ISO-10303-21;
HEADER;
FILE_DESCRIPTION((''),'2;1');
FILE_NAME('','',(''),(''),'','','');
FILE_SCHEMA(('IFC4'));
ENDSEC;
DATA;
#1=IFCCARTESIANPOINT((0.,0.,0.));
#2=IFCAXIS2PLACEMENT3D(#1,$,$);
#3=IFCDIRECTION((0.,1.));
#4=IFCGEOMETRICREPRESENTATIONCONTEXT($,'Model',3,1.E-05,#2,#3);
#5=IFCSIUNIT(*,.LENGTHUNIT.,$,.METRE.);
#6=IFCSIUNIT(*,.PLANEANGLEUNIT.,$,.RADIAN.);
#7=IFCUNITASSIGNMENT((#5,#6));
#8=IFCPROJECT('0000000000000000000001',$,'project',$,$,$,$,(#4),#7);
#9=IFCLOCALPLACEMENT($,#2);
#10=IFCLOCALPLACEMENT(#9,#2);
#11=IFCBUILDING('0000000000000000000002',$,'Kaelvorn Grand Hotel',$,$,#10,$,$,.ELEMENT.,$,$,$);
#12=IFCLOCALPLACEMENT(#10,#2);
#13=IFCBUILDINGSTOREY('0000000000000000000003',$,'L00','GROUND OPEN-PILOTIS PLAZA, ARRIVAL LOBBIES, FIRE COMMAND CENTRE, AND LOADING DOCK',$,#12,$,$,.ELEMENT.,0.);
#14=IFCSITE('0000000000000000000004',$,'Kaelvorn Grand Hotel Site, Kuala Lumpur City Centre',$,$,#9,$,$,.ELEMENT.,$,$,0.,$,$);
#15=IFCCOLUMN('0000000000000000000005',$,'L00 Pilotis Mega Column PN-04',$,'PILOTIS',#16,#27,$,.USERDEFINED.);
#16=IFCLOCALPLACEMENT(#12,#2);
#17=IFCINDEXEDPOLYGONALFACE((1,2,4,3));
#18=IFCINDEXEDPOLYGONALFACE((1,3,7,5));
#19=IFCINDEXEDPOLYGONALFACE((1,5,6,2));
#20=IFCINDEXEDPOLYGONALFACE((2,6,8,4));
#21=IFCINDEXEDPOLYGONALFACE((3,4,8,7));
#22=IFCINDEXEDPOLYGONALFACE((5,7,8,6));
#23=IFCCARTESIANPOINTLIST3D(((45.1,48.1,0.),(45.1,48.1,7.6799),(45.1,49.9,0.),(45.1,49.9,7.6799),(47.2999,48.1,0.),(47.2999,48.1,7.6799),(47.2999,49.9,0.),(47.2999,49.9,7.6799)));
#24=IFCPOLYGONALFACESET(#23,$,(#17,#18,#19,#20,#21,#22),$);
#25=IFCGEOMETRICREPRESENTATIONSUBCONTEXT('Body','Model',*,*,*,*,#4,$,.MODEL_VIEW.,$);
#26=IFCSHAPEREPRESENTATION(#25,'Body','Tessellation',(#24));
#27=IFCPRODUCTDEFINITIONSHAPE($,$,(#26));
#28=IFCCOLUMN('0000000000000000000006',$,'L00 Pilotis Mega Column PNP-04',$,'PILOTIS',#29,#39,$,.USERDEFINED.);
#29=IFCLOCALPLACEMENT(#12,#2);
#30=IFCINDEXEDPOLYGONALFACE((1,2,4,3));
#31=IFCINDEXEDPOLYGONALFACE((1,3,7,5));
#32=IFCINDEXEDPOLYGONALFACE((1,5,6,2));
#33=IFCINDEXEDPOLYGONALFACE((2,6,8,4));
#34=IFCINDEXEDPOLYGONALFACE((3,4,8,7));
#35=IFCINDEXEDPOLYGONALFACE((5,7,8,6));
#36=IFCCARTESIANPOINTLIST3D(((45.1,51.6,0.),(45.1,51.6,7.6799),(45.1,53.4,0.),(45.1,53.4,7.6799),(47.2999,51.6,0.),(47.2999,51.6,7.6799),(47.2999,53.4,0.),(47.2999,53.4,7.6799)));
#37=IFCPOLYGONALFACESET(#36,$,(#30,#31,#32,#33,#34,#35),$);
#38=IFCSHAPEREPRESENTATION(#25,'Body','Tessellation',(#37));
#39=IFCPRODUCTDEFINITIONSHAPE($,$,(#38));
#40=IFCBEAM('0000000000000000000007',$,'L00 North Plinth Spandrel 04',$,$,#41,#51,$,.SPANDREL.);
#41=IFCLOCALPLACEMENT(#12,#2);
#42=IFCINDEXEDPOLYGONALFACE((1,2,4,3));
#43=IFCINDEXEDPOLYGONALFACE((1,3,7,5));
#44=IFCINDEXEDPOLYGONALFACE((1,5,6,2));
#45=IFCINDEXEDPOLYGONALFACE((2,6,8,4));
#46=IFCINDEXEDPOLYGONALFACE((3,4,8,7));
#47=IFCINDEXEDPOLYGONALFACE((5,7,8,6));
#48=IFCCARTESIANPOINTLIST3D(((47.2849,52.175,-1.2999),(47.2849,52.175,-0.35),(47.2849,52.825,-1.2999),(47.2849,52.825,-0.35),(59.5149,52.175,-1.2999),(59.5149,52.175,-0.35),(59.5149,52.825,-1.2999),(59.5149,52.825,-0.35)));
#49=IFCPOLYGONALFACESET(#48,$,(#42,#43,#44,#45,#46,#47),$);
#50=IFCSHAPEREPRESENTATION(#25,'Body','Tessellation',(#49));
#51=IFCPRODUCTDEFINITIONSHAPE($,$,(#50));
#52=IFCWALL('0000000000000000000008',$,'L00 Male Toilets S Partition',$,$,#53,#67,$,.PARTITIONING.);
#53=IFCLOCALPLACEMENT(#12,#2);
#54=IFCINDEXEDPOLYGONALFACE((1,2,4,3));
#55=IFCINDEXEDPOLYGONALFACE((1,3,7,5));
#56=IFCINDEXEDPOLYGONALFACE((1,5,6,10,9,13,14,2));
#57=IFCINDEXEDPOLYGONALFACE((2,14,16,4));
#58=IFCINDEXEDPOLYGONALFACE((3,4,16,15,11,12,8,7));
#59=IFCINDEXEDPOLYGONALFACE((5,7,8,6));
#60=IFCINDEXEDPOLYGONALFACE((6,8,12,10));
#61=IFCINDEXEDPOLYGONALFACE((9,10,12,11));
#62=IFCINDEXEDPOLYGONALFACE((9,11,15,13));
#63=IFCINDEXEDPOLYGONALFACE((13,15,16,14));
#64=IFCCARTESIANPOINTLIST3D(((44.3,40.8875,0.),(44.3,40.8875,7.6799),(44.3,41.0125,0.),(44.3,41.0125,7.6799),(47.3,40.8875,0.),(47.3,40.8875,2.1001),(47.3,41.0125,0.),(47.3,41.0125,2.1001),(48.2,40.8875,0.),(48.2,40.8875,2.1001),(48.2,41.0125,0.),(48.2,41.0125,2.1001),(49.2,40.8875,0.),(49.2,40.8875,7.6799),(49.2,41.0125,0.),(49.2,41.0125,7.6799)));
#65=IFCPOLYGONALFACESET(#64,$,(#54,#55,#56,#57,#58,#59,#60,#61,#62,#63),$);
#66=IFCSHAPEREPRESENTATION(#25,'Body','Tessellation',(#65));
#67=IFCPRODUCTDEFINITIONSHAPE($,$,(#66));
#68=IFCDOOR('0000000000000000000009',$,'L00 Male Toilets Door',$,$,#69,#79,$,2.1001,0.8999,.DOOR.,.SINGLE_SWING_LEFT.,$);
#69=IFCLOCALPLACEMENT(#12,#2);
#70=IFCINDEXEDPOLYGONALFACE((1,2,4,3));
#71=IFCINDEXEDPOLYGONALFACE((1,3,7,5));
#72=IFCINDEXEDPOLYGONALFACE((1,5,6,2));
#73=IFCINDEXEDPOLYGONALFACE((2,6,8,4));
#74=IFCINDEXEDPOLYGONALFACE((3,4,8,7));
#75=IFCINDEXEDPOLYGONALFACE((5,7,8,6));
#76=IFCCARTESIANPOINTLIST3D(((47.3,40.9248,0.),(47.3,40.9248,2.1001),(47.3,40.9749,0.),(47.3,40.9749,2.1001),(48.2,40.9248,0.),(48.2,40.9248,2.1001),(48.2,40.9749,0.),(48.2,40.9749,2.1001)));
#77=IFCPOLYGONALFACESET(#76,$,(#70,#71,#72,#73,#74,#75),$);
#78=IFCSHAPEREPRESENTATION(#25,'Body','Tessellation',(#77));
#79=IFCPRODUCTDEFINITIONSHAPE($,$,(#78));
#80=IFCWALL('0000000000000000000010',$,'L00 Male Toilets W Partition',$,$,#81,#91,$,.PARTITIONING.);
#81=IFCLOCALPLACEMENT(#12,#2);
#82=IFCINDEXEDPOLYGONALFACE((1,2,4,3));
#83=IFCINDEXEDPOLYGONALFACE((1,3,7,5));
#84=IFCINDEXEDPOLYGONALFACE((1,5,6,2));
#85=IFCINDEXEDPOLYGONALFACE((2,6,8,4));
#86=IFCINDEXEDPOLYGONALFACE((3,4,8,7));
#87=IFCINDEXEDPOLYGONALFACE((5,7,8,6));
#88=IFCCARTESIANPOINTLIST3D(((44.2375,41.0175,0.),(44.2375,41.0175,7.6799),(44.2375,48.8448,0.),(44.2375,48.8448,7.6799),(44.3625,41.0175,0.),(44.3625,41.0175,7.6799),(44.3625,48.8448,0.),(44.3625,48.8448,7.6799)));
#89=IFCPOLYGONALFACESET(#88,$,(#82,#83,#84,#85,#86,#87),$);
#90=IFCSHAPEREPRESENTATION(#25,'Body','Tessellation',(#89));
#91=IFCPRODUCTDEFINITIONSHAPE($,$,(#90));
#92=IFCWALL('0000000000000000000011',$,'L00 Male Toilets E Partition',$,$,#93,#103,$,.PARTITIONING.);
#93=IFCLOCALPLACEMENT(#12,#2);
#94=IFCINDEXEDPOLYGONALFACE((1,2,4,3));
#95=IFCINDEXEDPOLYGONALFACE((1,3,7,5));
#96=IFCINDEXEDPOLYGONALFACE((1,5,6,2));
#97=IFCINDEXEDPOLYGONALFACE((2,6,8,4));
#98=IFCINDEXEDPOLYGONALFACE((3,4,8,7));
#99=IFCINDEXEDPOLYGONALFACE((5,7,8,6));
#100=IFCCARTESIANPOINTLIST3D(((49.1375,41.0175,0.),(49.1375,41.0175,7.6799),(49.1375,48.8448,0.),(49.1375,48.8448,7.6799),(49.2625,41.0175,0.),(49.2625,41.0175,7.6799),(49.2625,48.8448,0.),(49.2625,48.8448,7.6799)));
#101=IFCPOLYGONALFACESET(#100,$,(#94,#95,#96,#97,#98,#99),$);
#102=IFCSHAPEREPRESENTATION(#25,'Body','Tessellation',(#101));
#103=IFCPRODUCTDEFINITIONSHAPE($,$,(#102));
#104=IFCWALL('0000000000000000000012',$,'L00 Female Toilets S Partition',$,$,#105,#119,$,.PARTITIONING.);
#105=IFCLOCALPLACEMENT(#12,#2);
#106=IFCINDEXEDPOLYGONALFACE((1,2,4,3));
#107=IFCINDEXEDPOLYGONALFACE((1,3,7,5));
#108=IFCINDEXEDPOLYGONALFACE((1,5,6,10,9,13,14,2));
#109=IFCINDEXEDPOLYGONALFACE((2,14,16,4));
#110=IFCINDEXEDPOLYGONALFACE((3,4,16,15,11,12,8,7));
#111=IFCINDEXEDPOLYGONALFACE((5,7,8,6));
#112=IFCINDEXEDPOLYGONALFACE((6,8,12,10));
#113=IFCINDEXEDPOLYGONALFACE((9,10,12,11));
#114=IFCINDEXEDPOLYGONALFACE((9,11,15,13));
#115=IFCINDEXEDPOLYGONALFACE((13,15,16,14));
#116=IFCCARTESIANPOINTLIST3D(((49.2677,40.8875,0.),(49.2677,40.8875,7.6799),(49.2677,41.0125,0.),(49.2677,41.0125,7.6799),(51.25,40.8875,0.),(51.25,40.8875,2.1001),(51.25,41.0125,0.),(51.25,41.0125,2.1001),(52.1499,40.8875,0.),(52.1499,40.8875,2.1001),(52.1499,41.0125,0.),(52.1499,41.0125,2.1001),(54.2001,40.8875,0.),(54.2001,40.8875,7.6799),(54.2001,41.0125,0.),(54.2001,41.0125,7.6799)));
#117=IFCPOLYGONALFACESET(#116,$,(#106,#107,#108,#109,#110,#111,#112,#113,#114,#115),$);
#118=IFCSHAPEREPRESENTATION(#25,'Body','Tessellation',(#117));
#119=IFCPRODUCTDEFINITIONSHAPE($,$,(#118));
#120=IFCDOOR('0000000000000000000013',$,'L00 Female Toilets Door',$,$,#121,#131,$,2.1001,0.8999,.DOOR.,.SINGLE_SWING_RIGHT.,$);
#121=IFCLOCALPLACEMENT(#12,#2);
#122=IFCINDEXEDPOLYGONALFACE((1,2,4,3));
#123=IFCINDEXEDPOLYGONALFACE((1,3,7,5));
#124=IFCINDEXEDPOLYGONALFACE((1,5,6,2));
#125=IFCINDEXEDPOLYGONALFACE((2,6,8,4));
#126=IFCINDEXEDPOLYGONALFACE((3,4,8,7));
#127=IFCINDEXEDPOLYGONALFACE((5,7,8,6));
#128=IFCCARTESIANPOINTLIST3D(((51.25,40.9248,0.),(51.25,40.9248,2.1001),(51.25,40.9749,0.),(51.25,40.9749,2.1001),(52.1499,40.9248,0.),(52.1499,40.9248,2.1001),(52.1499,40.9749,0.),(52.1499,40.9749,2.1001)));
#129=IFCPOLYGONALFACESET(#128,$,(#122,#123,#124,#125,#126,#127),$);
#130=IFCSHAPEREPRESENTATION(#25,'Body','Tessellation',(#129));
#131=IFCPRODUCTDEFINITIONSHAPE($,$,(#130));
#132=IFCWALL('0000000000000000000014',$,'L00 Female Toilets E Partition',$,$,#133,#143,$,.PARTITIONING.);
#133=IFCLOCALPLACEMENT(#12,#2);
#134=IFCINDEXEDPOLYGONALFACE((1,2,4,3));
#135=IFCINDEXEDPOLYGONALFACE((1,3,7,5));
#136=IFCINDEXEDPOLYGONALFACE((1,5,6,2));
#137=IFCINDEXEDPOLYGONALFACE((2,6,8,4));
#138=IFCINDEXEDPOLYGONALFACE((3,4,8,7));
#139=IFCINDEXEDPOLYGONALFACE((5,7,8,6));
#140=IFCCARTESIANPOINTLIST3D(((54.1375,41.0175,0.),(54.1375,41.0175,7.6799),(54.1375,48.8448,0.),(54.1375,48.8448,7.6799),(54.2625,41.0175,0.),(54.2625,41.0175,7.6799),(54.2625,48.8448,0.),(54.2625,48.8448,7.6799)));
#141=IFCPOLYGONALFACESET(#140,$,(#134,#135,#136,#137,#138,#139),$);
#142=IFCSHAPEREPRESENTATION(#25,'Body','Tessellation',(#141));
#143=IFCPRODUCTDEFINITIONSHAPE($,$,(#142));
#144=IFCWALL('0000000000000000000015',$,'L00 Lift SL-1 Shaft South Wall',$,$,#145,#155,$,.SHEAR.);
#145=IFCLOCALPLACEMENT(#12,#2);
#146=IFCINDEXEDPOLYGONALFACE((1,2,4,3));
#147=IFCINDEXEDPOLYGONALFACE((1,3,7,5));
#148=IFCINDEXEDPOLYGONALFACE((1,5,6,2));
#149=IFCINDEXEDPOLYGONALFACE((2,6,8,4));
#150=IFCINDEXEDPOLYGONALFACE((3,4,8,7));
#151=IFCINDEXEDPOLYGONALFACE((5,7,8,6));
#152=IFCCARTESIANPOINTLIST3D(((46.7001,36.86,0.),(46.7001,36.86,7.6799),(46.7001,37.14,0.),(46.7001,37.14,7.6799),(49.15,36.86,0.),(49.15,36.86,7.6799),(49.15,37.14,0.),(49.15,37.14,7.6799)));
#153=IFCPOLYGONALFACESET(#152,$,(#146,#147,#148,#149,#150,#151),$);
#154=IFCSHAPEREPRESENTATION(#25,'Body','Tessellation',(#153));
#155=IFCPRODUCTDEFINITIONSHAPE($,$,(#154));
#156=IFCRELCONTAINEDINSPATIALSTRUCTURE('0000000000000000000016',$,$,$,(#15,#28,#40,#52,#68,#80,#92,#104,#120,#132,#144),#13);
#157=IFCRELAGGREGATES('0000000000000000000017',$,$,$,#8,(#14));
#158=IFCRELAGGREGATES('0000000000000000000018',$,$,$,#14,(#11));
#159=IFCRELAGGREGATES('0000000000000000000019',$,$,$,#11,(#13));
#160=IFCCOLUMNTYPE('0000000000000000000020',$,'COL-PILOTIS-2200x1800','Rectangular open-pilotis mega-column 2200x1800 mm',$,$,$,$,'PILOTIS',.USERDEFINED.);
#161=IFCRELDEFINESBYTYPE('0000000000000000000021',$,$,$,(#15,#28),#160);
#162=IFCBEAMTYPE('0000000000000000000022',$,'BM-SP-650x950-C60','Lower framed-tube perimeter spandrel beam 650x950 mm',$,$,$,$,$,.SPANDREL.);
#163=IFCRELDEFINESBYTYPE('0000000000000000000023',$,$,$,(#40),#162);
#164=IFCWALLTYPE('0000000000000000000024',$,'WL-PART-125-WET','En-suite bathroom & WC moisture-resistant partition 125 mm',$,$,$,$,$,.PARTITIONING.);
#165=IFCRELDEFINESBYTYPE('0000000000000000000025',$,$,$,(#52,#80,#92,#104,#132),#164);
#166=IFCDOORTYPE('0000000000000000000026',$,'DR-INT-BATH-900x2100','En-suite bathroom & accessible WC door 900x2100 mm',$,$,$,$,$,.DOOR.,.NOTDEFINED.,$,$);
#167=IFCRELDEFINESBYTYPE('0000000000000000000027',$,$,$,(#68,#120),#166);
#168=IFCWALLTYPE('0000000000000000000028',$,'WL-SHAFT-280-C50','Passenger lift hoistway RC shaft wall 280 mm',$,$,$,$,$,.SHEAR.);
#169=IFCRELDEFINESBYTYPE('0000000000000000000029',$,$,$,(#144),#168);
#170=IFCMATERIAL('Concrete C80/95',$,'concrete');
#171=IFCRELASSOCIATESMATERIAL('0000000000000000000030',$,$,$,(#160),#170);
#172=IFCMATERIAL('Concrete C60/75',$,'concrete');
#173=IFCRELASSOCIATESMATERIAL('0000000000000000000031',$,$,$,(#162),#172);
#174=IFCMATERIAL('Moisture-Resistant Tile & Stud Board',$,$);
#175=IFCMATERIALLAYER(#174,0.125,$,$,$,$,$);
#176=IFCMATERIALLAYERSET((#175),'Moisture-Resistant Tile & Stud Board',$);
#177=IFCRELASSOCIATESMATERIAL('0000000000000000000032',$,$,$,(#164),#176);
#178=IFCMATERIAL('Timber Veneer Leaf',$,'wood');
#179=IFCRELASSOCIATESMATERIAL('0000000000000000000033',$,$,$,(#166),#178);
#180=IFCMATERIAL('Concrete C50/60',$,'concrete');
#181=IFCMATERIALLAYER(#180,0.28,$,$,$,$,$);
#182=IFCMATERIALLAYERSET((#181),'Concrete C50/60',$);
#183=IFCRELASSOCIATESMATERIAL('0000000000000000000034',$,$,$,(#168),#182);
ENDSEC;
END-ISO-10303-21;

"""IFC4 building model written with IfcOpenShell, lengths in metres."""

from ifc_helpers import new_model, si_unit, direction, frame, frame_2d, origin, origin_2d, place, context, subcontext, project, spatial, rectangle, extrude, material, layer, layer_set, material_profile, profile_set, type_object, element, fill, save


model = new_model("IFC4")

# Units and contexts
model_context = context("Model", 3, precision=1e-05, world=origin(), true_north=direction((0.0, 1.0)))
body_context = subcontext(model_context, "Body", "Model", "MODEL_VIEW")
ifc_project = project(units=[si_unit("LENGTHUNIT", "METRE"), si_unit("PLANEANGLEUNIT", "RADIAN")], contexts=[model_context])

# Site, building, storey
site_placement = place(None, origin())
site = spatial("IfcSite", under=ifc_project, at=site_placement, Name="Kaelvorn Grand Hotel Site, Kuala Lumpur City Centre", CompositionType="ELEMENT", RefElevation=0.0)
building_placement = place(site_placement, origin())
building = spatial("IfcBuilding", under=site, at=building_placement, Name="Kaelvorn Grand Hotel", CompositionType="ELEMENT")
storey_placement = place(building_placement, origin())
storey = spatial("IfcBuildingStorey", under=building, at=storey_placement, Name="L00", Description="GROUND OPEN-PILOTIS PLAZA, ARRIVAL LOBBIES, FIRE COMMAND CENTRE, AND LOADING DOCK", CompositionType="ELEMENT", Elevation=0.0)

# Columns
ifc_material_1 = material(Name="Concrete C80/95", Category="concrete")
ifc_material_profile_1 = material_profile(ifc_material_1, rectangle(XDim=2.2, YDim=1.8, at=origin_2d()), Name="PILOTIS 2200x1800")
ifc_profile_set_1 = profile_set([ifc_material_profile_1], Name="Concrete C80/95")
column_type = type_object("IfcColumnType", Name="COL-PILOTIS-2200x1800", Description="Rectangular open-pilotis mega-column 2200x1800 mm", ElementType="PILOTIS", PredefinedType="USERDEFINED", material=ifc_profile_set_1)
for number, where, z_axis, x_axis, name in (
    (1, (46.2, 49.0, 0.0), (0.0, 0.0, 1.0), (1.0, 0.0, 0.0), "L00 Pilotis Mega Column PN-04"),
    (2, (46.2, 52.5, 0.0), (0.0, 0.0, 1.0), (1.0, 0.0, 0.0), "L00 Pilotis Mega Column PNP-04"),
):
    element("IfcColumn", number, at=place(storey_placement, frame(where, z_axis=z_axis, x_axis=x_axis)), inside=storey, type_object=column_type, Name=name, ObjectType="PILOTIS", PredefinedType="USERDEFINED", context=body_context, shape_type="SweptSolid", body=[
        extrude(rectangle(XDim=2.2, YDim=1.8, at=origin_2d()), origin(), (0.0, 0.0, 1.0), 7.6799),
    ])

# Beam
ifc_material_2 = material(Name="Concrete C60/75", Category="concrete")
ifc_material_profile_2 = material_profile(ifc_material_2, rectangle(XDim=0.6499, YDim=0.95, at=origin_2d()), Name="RC SPANDREL 650x950")
ifc_profile_set_2 = profile_set([ifc_material_profile_2], Name="Concrete C60/75")
beam_type = type_object("IfcBeamType", Name="BM-SP-650x950-C60", Description="Lower framed-tube perimeter spandrel beam 650x950 mm", PredefinedType="SPANDREL", material=ifc_profile_set_2)
beam_placement = place(storey_placement, frame((47.2849, 52.5, -0.825), z_axis=(1.0, 0.0, 0.0), x_axis=(0.0, 1.0, 0.0)))
element("IfcBeam", 3, at=beam_placement, inside=storey, type_object=beam_type, Name="L00 North Plinth Spandrel 04", PredefinedType="SPANDREL", context=body_context, shape_type="SweptSolid", body=[
    extrude(rectangle(XDim=0.6499, YDim=0.95, at=origin_2d()), origin(), (0.0, 0.0, 1.0), 12.23),
])

# Wall, opening, door
ifc_material_3 = material(Name="Moisture-Resistant Tile & Stud Board")
ifc_layer_1 = layer(ifc_material_3, 0.125)
ifc_layer_set_1 = layer_set([ifc_layer_1], Name="Moisture-Resistant Tile & Stud Board")
wall_type_1 = type_object("IfcWallType", Name="WL-PART-125-WET", Description="En-suite bathroom & WC moisture-resistant partition 125 mm", PredefinedType="PARTITIONING", material=ifc_layer_set_1)
wall_1_placement = place(storey_placement, frame((44.3, 40.95, 0.0), z_axis=(0.0, 0.0, 1.0), x_axis=(1.0, 0.0, 0.0)))
wall_1 = element("IfcWall", 4, at=wall_1_placement, inside=storey, type_object=wall_type_1, Name="L00 Male Toilets S Partition", PredefinedType="PARTITIONING", context=body_context, shape_type="SweptSolid", body=[
    extrude(rectangle(XDim=4.8999, YDim=0.125, at=frame_2d((2.45, 0.0))), origin(), (0.0, 0.0, 1.0), 7.6799),
])
opening_1_placement = place(wall_1_placement, frame((3.0, 0.0, 0.0)))
opening_1 = element("IfcOpeningElement", 5, at=opening_1_placement, cuts=wall_1, PredefinedType="OPENING", context=body_context, shape_type="SweptSolid", body=[
    extrude(rectangle(XDim=0.8999, YDim=2.1001, at=frame_2d((0.45, 1.05))), frame((0.0, 0.0725, 0.0), z_axis=(0.0, -1.0, 0.0), x_axis=(1.0, 0.0, 0.0)), (0.0, 0.0, 1.0), 0.145),
])
ifc_material_4 = material(Name="Timber Veneer Leaf", Category="wood")
door_type_1 = type_object("IfcDoorType", Name="DR-INT-BATH-900x2100", Description="En-suite bathroom & accessible WC door 900x2100 mm", OperationType="NOTDEFINED", PredefinedType="DOOR", material=ifc_material_4)
door_1_placement = place(opening_1_placement, origin())
door_1 = element("IfcDoor", 6, at=door_1_placement, inside=storey, type_object=door_type_1, Name="L00 Male Toilets Door", OperationType="SINGLE_SWING_LEFT", OverallHeight=2.1001, OverallWidth=0.8999, PredefinedType="DOOR", context=body_context, shape_type="SweptSolid", body=[
    extrude(rectangle(XDim=0.8999, YDim=2.1001, at=frame_2d((0.45, 1.05))), frame((0.0, 0.0249, 0.0), z_axis=(0.0, -1.0, 0.0), x_axis=(1.0, 0.0, 0.0)), (0.0, 0.0, 1.0), 0.05),
])
fill(opening_1, door_1)

# Walls
for number, where, z_axis, x_axis, name in (
    (7, (44.3, 41.0176, 0.0), (0.0, 0.0, 1.0), (0.0, 1.0, 0.0), "L00 Male Toilets W Partition"),
    (8, (49.2, 41.0176, 0.0), (0.0, 0.0, 1.0), (0.0, 1.0, 0.0), "L00 Male Toilets E Partition"),
):
    element("IfcWall", number, at=place(storey_placement, frame(where, z_axis=z_axis, x_axis=x_axis)), inside=storey, type_object=wall_type_1, Name=name, PredefinedType="PARTITIONING", context=body_context, shape_type="SweptSolid", body=[
        extrude(rectangle(XDim=7.8274, YDim=0.125, at=frame_2d((3.9136, 0.0))), origin(), (0.0, 0.0, 1.0), 7.6799),
    ])

# Wall, opening, door
wall_2_placement = place(storey_placement, frame((49.2676, 40.95, 0.0), z_axis=(0.0, 0.0, 1.0), x_axis=(1.0, 0.0, 0.0)))
wall_2 = element("IfcWall", 9, at=wall_2_placement, inside=storey, type_object=wall_type_1, Name="L00 Female Toilets S Partition", PredefinedType="PARTITIONING", context=body_context, shape_type="SweptSolid", body=[
    extrude(rectangle(XDim=4.9324, YDim=0.125, at=frame_2d((2.4663, 0.0))), origin(), (0.0, 0.0, 1.0), 7.6799),
])
opening_2_placement = place(wall_2_placement, frame((1.9824, 0.0, 0.0)))
opening_2 = element("IfcOpeningElement", 10, at=opening_2_placement, cuts=wall_2, PredefinedType="OPENING", context=body_context, shape_type="SweptSolid", body=[
    extrude(rectangle(XDim=0.8999, YDim=2.1001, at=frame_2d((0.45, 1.05))), frame((0.0, 0.0725, 0.0), z_axis=(0.0, -1.0, 0.0), x_axis=(1.0, 0.0, 0.0)), (0.0, 0.0, 1.0), 0.145),
])
door_2_placement = place(opening_2_placement, origin())
door_2 = element("IfcDoor", 11, at=door_2_placement, inside=storey, type_object=door_type_1, Name="L00 Female Toilets Door", OperationType="SINGLE_SWING_RIGHT", OverallHeight=2.1001, OverallWidth=0.8999, PredefinedType="DOOR", context=body_context, shape_type="SweptSolid", body=[
    extrude(rectangle(XDim=0.8999, YDim=2.1001, at=frame_2d((0.45, 1.05))), frame((0.0, 0.0249, 0.0), z_axis=(0.0, -1.0, 0.0), x_axis=(1.0, 0.0, 0.0)), (0.0, 0.0, 1.0), 0.05),
])
fill(opening_2, door_2)

# Walls
wall_3_placement = place(storey_placement, frame((54.2, 41.0176, 0.0), z_axis=(0.0, 0.0, 1.0), x_axis=(0.0, 1.0, 0.0)))
element("IfcWall", 12, at=wall_3_placement, inside=storey, type_object=wall_type_1, Name="L00 Female Toilets E Partition", PredefinedType="PARTITIONING", context=body_context, shape_type="SweptSolid", body=[
    extrude(rectangle(XDim=7.8274, YDim=0.125, at=frame_2d((3.9136, 0.0))), origin(), (0.0, 0.0, 1.0), 7.6799),
])
ifc_material_5 = material(Name="Concrete C50/60", Category="concrete")
ifc_layer_2 = layer(ifc_material_5, 0.28)
ifc_layer_set_2 = layer_set([ifc_layer_2], Name="Concrete C50/60")
wall_type_2 = type_object("IfcWallType", Name="WL-SHAFT-280-C50", Description="Passenger lift hoistway RC shaft wall 280 mm", PredefinedType="SHEAR", material=ifc_layer_set_2)
wall_4_placement = place(storey_placement, frame((46.7, 37.0, 0.0), z_axis=(0.0, 0.0, 1.0), x_axis=(1.0, 0.0, 0.0)))
element("IfcWall", 13, at=wall_4_placement, inside=storey, type_object=wall_type_2, Name="L00 Lift SL-1 Shaft South Wall", PredefinedType="SHEAR", context=body_context, shape_type="SweptSolid", body=[
    extrude(rectangle(XDim=2.45, YDim=0.28, at=frame_2d((1.2251, 0.0))), origin(), (0.0, 0.0, 1.0), 7.6799),
])

save(model, "model.ifc")
